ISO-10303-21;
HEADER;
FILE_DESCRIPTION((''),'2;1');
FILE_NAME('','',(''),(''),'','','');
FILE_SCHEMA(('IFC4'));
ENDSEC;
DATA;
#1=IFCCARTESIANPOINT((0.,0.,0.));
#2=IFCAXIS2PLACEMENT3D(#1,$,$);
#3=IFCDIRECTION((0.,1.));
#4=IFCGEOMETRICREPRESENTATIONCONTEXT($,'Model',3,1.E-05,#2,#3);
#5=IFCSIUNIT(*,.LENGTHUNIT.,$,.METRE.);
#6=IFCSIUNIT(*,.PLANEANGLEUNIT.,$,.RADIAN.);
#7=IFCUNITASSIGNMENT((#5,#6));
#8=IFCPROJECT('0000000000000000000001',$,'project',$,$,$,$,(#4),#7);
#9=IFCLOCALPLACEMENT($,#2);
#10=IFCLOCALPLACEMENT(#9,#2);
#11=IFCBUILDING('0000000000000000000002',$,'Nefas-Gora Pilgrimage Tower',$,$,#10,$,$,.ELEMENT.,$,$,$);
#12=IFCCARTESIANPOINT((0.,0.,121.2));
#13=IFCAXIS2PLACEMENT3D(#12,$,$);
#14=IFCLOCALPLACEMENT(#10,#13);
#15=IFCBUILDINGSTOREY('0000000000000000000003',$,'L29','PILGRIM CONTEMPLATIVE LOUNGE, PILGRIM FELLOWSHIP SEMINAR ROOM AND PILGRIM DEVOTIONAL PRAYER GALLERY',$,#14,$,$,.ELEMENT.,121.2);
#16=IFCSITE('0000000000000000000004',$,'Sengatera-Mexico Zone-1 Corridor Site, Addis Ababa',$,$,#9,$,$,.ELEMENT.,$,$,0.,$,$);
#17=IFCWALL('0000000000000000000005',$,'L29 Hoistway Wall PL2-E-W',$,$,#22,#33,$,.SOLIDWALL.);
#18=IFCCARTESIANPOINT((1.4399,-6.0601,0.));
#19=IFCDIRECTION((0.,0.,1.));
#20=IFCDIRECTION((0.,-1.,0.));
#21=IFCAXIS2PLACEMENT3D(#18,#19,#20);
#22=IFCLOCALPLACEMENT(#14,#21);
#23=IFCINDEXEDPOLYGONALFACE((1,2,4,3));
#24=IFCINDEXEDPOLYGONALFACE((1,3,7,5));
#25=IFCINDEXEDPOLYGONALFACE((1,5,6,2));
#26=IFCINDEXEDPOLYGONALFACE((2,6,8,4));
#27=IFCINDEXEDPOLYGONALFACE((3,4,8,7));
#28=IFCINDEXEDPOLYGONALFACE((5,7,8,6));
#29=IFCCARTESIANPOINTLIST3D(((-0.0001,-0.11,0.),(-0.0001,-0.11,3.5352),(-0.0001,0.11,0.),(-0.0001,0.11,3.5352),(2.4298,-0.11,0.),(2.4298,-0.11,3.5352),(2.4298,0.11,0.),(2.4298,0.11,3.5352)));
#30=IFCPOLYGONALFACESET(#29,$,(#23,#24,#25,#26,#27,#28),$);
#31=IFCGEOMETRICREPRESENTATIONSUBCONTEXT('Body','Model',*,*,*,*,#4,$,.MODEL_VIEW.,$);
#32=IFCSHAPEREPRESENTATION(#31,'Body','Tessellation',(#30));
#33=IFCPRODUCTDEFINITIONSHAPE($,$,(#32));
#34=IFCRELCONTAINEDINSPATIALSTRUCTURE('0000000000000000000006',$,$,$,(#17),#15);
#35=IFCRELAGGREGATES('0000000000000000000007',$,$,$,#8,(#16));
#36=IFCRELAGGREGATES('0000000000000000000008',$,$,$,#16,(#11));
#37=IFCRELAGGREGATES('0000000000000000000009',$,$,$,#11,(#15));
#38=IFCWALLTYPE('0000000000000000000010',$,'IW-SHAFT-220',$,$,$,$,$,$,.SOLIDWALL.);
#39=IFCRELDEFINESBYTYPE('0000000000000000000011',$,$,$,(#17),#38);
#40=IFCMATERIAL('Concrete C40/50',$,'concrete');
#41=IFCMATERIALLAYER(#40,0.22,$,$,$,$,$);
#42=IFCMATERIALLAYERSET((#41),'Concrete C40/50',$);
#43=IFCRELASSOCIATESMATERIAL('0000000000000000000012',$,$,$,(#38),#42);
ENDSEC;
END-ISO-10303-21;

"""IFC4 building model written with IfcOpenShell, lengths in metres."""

from ifc_helpers import new_model, si_unit, direction, frame, frame_2d, origin, place, context, subcontext, project, spatial, rectangle, extrude, source, transform, mapped, material, layer, layer_set, type_object, element, save


model = new_model("IFC4")

# Units and contexts
model_context = context("Model", 3, precision=1e-05, world=origin(), true_north=direction((0.0, 1.0)))
body_context = subcontext(model_context, "Body", "Model", "MODEL_VIEW")
ifc_project = project(units=[si_unit("LENGTHUNIT", "METRE"), si_unit("PLANEANGLEUNIT", "RADIAN")], contexts=[model_context])

# Site, building, storey
site_placement = place(None, origin())
site = spatial("IfcSite", under=ifc_project, at=site_placement, Name="Sengatera-Mexico Zone-1 Corridor Site, Addis Ababa", CompositionType="ELEMENT", RefElevation=0.0)
building_placement = place(site_placement, origin())
building = spatial("IfcBuilding", under=site, at=building_placement, Name="Nefas-Gora Pilgrimage Tower", CompositionType="ELEMENT")
storey_placement = place(building_placement, frame((0.0, 0.0, 121.2)))
storey = spatial("IfcBuildingStorey", under=building, at=storey_placement, Name="L29", Description="PILGRIM CONTEMPLATIVE LOUNGE, PILGRIM FELLOWSHIP SEMINAR ROOM AND PILGRIM DEVOTIONAL PRAYER GALLERY", CompositionType="ELEMENT", Elevation=121.2)

# Shared definitions
ifc_material_1 = material(Name="Concrete C40/50", Category="concrete")
ifc_layer_1 = layer(ifc_material_1, 0.22)
ifc_layer_set_1 = layer_set([ifc_layer_1], Name="Concrete C40/50")
wall_type_1 = type_object("IfcWallType", Name="IW-SHAFT-220", PredefinedType="SOLIDWALL", material=ifc_layer_set_1)

# Wall
shared_shape_1 = source(origin(), body_context, "Body", "SweptSolid", [
    extrude(rectangle(XDim=2.4299, YDim=0.22, at=frame_2d((1.2148, 0.0))), origin(), (0.0, 0.0, 1.0), 3.5352),
])
for number, where, z_axis, x_axis, name in (
    (1, (1.4399, -6.0601, 0.0), (0.0, 0.0, 1.0), (0.0, -1.0, 0.0), "L29 Hoistway Wall PL2-E-W"),
):
    element("IfcWall", number, at=place(storey_placement, frame(where, z_axis=z_axis, x_axis=x_axis)), inside=storey, type_object=wall_type_1, Name=name, PredefinedType="SOLIDWALL", context=body_context, shape_type="MappedRepresentation", body=[
        mapped(shared_shape_1, transform((0.0, 0.0, 0.0), x_axis=(1.0, 0.0, 0.0), y_axis=(0.0, 1.0, 0.0), z_axis=(0.0, 0.0, 1.0), scale=1.0)),
    ])

save(model, "model.ifc")
